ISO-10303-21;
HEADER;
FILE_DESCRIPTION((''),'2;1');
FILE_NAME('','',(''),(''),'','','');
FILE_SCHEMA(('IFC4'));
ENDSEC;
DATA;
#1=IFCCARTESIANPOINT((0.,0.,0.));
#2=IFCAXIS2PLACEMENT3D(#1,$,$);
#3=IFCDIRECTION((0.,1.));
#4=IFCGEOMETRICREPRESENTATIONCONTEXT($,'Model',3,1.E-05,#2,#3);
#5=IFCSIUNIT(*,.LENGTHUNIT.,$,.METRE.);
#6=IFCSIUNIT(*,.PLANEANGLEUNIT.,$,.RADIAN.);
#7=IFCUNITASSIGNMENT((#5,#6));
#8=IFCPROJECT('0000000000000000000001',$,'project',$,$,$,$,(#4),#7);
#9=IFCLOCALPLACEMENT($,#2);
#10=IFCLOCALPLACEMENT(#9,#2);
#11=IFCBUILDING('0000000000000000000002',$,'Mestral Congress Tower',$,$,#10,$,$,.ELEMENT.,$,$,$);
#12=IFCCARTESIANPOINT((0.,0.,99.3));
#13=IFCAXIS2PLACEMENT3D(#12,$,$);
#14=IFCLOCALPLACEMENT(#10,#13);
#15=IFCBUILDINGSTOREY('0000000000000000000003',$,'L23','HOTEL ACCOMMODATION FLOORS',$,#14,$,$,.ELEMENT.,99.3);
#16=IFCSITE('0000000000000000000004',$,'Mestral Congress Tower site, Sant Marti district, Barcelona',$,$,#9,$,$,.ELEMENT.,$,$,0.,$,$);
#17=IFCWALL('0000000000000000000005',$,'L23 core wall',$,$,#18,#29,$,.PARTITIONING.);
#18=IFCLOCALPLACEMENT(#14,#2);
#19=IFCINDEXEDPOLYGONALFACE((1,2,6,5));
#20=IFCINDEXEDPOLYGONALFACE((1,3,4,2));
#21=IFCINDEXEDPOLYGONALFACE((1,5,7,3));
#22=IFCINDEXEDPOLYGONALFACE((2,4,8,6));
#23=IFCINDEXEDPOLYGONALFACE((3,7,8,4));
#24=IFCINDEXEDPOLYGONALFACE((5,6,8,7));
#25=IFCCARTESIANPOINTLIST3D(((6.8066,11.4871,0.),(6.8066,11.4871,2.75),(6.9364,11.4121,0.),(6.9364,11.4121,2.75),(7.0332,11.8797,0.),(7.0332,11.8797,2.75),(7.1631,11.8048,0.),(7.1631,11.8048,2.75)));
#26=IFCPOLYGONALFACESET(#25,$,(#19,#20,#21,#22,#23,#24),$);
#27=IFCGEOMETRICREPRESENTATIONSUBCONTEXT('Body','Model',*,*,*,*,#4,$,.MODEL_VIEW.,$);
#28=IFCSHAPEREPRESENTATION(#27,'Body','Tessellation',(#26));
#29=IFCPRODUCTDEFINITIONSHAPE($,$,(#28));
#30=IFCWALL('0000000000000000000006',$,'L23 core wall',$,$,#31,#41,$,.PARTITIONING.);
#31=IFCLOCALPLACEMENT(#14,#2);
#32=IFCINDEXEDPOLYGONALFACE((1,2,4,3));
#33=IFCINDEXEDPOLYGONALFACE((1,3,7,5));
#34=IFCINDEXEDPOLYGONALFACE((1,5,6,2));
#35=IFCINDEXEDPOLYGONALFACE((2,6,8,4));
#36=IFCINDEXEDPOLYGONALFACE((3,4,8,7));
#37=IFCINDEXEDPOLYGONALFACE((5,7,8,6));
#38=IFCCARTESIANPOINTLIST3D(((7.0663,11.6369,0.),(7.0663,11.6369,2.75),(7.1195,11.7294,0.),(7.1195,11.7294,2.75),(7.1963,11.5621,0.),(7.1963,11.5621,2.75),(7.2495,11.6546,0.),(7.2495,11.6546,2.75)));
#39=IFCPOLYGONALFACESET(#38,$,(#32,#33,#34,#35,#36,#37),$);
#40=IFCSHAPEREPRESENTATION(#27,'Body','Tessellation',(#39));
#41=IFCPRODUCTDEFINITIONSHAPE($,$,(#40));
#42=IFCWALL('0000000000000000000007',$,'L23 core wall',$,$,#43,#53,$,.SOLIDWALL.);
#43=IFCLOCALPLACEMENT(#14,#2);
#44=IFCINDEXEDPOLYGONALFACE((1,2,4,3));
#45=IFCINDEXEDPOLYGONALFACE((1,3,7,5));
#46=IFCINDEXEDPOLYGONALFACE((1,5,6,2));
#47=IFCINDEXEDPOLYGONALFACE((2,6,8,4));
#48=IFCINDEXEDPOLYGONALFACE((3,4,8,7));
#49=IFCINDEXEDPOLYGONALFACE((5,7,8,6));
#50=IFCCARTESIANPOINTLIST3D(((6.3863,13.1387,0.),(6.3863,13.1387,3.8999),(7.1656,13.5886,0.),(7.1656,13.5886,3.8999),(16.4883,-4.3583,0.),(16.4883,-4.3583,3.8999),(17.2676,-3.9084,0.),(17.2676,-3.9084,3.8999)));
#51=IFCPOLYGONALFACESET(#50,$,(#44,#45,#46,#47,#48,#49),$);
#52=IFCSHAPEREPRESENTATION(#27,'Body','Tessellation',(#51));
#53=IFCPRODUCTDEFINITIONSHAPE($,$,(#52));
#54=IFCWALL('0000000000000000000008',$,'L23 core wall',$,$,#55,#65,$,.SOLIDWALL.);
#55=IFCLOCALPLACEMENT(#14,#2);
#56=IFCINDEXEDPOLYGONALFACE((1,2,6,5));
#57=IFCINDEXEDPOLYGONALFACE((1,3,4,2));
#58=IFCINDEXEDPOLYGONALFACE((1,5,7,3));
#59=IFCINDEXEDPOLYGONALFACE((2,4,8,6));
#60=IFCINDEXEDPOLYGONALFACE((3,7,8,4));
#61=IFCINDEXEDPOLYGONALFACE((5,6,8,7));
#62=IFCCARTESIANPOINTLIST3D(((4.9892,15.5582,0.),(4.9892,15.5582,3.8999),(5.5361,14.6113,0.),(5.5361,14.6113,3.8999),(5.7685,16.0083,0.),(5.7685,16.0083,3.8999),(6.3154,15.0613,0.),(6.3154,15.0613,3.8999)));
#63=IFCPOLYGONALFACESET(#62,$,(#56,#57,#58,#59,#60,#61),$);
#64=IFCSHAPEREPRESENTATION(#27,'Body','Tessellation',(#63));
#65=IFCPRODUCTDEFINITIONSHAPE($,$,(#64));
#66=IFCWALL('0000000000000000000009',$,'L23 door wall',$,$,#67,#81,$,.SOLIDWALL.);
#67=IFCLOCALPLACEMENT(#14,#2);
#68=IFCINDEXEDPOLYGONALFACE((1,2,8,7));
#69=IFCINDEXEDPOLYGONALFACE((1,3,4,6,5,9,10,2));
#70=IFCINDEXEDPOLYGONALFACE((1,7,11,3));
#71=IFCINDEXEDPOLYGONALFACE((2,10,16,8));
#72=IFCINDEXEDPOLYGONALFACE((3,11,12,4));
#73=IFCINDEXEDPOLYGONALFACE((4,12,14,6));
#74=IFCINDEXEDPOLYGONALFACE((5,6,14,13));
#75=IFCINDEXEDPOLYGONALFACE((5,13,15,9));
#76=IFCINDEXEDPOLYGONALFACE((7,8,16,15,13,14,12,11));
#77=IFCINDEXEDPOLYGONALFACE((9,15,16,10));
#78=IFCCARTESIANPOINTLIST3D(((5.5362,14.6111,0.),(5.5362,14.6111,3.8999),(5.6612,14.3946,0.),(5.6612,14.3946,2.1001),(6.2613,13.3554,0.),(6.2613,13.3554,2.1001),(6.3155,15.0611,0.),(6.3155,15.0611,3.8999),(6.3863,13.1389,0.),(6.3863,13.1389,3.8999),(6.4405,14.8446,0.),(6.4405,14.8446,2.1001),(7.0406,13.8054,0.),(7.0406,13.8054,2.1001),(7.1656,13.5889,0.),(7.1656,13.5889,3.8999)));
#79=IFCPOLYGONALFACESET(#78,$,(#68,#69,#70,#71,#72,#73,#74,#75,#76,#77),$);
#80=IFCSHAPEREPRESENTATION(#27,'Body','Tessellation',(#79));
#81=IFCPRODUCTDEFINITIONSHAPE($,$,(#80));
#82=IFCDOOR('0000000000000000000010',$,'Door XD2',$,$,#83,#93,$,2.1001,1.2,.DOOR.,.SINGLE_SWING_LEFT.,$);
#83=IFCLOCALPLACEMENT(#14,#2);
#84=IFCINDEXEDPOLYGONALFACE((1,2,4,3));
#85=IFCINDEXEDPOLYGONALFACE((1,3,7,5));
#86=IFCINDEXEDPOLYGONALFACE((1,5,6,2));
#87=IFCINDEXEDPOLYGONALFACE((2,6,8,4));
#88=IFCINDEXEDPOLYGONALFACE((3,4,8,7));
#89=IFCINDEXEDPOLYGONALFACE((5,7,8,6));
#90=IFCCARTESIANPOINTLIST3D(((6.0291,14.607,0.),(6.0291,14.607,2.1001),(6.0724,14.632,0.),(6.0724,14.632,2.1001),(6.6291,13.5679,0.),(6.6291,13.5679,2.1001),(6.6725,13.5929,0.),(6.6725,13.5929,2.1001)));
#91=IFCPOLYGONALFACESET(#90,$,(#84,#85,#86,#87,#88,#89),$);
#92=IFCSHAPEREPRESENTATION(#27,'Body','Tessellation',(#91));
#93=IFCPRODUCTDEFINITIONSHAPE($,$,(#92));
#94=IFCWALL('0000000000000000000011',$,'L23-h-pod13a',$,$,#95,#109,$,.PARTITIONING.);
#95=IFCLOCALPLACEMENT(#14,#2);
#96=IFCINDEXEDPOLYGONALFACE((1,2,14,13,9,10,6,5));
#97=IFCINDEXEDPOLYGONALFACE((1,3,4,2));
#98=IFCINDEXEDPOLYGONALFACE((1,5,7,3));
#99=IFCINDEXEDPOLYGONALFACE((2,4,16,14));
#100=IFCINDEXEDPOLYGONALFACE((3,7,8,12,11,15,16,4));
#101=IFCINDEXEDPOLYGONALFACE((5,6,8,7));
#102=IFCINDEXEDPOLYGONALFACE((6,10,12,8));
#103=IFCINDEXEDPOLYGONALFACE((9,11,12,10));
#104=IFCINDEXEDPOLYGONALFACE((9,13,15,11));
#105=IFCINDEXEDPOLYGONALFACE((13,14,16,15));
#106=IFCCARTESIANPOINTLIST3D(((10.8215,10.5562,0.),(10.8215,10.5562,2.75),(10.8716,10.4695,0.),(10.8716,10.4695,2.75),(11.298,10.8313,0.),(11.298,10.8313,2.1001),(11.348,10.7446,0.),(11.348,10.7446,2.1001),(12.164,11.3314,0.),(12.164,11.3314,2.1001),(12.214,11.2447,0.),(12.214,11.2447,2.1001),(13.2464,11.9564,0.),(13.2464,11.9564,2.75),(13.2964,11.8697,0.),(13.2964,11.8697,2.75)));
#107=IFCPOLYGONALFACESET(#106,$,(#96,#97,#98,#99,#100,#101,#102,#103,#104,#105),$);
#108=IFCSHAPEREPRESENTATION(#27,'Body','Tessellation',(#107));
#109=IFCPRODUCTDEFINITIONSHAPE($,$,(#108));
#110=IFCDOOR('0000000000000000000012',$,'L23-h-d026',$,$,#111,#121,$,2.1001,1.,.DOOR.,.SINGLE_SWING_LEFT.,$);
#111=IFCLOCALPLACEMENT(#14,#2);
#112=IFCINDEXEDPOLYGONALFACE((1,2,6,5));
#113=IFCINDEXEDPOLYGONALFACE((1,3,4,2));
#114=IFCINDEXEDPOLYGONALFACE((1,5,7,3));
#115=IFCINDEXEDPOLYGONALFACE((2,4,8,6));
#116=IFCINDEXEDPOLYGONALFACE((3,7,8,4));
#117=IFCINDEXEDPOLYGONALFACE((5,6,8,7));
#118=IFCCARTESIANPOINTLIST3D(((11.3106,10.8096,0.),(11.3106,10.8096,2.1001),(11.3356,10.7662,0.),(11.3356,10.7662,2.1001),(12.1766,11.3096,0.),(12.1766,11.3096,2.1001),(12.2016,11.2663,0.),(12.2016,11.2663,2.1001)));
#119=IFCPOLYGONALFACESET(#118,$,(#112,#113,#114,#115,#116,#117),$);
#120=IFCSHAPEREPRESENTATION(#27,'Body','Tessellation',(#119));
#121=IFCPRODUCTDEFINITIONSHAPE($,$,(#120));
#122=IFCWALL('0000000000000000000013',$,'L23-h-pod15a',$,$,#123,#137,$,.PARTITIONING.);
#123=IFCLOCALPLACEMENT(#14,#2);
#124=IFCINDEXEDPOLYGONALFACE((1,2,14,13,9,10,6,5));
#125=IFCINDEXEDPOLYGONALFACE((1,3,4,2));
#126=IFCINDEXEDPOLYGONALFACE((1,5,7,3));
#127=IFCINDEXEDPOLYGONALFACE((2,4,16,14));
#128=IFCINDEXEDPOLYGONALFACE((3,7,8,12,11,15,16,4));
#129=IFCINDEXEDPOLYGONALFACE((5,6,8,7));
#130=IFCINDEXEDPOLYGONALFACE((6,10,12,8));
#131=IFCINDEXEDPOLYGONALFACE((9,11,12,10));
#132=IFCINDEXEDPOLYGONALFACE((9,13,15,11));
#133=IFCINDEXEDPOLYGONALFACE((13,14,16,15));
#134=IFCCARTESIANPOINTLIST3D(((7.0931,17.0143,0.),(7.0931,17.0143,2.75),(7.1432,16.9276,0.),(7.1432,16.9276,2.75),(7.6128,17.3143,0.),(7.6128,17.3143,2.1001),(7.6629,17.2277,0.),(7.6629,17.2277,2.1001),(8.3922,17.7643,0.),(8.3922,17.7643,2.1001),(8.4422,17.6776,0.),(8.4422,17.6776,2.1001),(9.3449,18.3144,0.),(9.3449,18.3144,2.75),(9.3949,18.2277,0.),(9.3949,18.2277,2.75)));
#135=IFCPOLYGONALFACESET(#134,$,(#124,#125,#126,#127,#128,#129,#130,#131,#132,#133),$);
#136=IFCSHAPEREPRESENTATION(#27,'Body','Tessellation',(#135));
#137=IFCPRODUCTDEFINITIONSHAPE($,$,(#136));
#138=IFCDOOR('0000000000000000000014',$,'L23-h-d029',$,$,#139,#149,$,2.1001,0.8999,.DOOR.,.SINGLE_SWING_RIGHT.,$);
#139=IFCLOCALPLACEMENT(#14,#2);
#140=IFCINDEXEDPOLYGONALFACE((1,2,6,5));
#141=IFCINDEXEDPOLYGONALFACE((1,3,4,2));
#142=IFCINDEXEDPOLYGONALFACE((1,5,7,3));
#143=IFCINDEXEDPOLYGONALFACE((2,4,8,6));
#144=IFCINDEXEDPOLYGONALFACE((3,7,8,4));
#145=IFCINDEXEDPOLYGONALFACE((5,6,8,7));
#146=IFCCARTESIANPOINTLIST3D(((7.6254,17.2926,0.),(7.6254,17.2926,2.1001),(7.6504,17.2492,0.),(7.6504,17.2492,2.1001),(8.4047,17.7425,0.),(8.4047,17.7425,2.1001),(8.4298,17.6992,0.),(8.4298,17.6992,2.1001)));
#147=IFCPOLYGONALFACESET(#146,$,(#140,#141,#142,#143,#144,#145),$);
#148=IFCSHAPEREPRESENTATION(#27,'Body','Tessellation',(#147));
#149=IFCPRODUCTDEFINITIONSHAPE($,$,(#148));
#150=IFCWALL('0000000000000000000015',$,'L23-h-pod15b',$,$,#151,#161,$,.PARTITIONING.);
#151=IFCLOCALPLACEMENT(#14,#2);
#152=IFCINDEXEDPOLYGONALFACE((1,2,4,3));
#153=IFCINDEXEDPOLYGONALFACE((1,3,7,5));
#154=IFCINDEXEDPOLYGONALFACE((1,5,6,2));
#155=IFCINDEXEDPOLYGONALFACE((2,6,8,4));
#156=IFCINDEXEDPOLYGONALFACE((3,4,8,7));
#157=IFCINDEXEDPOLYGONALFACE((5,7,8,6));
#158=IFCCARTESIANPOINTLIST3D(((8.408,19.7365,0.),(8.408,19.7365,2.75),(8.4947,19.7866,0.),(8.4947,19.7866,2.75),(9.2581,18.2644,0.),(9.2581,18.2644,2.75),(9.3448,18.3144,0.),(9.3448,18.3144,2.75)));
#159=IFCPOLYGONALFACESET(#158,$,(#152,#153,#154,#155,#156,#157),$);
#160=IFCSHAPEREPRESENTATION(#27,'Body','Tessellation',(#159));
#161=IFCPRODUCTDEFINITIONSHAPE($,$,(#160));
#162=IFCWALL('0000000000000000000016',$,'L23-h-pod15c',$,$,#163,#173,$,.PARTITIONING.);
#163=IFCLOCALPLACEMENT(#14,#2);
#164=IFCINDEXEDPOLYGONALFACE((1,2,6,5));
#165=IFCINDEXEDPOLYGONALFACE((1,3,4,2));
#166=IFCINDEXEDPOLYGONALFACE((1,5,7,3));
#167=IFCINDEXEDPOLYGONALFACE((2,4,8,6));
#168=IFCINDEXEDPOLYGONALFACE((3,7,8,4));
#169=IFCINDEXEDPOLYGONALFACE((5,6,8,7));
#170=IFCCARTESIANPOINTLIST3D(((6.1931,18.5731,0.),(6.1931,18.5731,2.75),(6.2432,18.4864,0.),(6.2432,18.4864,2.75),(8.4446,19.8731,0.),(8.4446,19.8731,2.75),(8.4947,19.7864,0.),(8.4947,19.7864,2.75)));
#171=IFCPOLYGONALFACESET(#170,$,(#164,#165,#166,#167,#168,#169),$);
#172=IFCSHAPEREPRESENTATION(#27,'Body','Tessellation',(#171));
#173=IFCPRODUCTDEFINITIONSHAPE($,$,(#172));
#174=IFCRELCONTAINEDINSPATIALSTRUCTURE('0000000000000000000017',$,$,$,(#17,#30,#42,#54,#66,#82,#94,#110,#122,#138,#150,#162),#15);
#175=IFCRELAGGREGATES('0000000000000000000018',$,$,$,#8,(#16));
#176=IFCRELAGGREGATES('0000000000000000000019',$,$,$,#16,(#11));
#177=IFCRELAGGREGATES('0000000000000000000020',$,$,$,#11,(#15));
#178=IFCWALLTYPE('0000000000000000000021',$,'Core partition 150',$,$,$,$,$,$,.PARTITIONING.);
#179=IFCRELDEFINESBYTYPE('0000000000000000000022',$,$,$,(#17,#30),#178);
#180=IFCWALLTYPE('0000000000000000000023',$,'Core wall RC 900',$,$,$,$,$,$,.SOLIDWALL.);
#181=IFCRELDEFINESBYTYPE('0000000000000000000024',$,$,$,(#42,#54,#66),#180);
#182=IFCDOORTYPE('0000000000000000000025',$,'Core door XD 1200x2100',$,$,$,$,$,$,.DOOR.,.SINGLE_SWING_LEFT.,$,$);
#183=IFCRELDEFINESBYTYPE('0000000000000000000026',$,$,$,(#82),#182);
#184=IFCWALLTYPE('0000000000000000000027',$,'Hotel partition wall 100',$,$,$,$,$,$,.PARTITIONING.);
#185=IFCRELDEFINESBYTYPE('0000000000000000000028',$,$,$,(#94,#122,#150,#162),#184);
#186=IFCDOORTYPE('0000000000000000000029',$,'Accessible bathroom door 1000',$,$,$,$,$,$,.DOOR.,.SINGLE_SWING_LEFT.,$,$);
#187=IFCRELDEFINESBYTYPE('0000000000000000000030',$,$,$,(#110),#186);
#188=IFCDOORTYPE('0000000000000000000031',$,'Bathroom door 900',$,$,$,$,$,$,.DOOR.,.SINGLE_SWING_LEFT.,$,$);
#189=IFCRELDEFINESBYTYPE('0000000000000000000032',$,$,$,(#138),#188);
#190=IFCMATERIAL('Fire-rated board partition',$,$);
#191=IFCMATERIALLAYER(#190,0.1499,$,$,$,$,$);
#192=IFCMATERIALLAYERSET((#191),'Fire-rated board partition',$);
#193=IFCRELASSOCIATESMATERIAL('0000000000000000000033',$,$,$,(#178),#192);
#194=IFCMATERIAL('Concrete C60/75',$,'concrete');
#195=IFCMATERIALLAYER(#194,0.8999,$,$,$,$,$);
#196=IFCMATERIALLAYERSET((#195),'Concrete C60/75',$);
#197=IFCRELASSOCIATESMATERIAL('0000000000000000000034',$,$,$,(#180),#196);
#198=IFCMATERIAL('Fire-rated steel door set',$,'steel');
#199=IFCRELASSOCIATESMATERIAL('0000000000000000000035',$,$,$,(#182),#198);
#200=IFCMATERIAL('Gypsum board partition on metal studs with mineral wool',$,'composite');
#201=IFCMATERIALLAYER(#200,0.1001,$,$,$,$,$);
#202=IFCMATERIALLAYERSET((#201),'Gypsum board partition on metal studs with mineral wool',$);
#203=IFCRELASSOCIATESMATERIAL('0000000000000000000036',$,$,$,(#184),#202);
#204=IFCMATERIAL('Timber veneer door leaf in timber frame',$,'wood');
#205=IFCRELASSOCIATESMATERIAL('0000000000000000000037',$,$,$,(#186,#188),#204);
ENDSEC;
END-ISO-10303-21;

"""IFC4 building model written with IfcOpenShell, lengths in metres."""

from ifc_helpers import new_model, si_unit, direction, frame, frame_2d, origin, place, context, subcontext, project, spatial, rectangle, extrude, material, layer, layer_set, type_object, element, fill, save


model = new_model("IFC4")

# Units and contexts
model_context = context("Model", 3, precision=1e-05, world=origin(), true_north=direction((0.0, 1.0)))
body_context = subcontext(model_context, "Body", "Model", "MODEL_VIEW")
ifc_project = project(units=[si_unit("LENGTHUNIT", "METRE"), si_unit("PLANEANGLEUNIT", "RADIAN")], contexts=[model_context])

# Site, building, storey
site_placement = place(None, origin())
site = spatial("IfcSite", under=ifc_project, at=site_placement, Name="Mestral Congress Tower site, Sant Marti district, Barcelona", CompositionType="ELEMENT", RefElevation=0.0)
building_placement = place(site_placement, origin())
building = spatial("IfcBuilding", under=site, at=building_placement, Name="Mestral Congress Tower", CompositionType="ELEMENT")
storey_placement = place(building_placement, frame((0.0, 0.0, 99.3)))
storey = spatial("IfcBuildingStorey", under=building, at=storey_placement, Name="L23", Description="HOTEL ACCOMMODATION FLOORS", CompositionType="ELEMENT", Elevation=99.3)

# Walls
ifc_material_1 = material(Name="Fire-rated board partition")
ifc_layer_1 = layer(ifc_material_1, 0.1499)
ifc_layer_set_1 = layer_set([ifc_layer_1], Name="Fire-rated board partition")
wall_type_1 = type_object("IfcWallType", Name="Core partition 150", PredefinedType="PARTITIONING", material=ifc_layer_set_1)
wall_1_placement = place(storey_placement, frame((6.8716, 11.4497, 0.0), z_axis=(0.0, 0.0, 1.0), x_axis=(0.499847, 0.866114, 0.0)))
element("IfcWall", 1, at=wall_1_placement, inside=storey, type_object=wall_type_1, Name="L23 core wall", PredefinedType="PARTITIONING", context=body_context, shape_type="SweptSolid", body=[
    extrude(rectangle(XDim=0.4534, YDim=0.1499, at=frame_2d((0.2266, 0.0))), origin(), (0.0, 0.0, 1.0), 2.75),
])
wall_2_placement = place(storey_placement, frame((7.1313, 11.5996, 0.0), z_axis=(0.0, 0.0, 1.0), x_axis=(0.4986, 0.866832, 0.0)))
element("IfcWall", 2, at=wall_2_placement, inside=storey, type_object=wall_type_1, Name="L23 core wall", PredefinedType="PARTITIONING", context=body_context, shape_type="SweptSolid", body=[
    extrude(rectangle(XDim=0.1067, YDim=0.1499, at=frame_2d((0.0532, 0.0))), origin(), (0.0, 0.0, 1.0), 2.75),
])
ifc_material_2 = material(Name="Concrete C60/75", Category="concrete")
ifc_layer_2 = layer(ifc_material_2, 0.8999)
ifc_layer_set_2 = layer_set([ifc_layer_2], Name="Concrete C60/75")
wall_type_2 = type_object("IfcWallType", Name="Core wall RC 900", PredefinedType="SOLIDWALL", material=ifc_layer_set_2)
wall_3_placement = place(storey_placement, frame((6.7759, 13.3638, 0.0), z_axis=(0.0, 0.0, 1.0), x_axis=(0.500004, -0.866023, 0.0)))
element("IfcWall", 3, at=wall_3_placement, inside=storey, type_object=wall_type_2, Name="L23 core wall", PredefinedType="SOLIDWALL", context=body_context, shape_type="SweptSolid", body=[
    extrude(rectangle(XDim=20.2039, YDim=0.8999, at=frame_2d((10.1021, 0.0))), origin(), (0.0, 0.0, 1.0), 3.8999),
])
wall_4_placement = place(storey_placement, frame((5.9258, 14.8362, 0.0), z_axis=(0.0, 0.0, 1.0), x_axis=(-0.500077, 0.865981, 0.0)))
element("IfcWall", 4, at=wall_4_placement, inside=storey, type_object=wall_type_2, Name="L23 core wall", PredefinedType="SOLIDWALL", context=body_context, shape_type="SweptSolid", body=[
    extrude(rectangle(XDim=1.0935, YDim=0.8999, at=frame_2d((0.5469, 0.0))), origin(), (0.0, 0.0, 1.0), 3.8999),
])

# Walls, openings, doors
wall_5_placement = place(storey_placement, frame((5.9258, 14.8362, 0.0), z_axis=(0.0, 0.0, 1.0), x_axis=(0.500062, -0.865989, 0.0)))
wall_5 = element("IfcWall", 5, at=wall_5_placement, inside=storey, type_object=wall_type_2, Name="L23 door wall", PredefinedType="SOLIDWALL", context=body_context, shape_type="SweptSolid", body=[
    extrude(rectangle(XDim=1.7, YDim=0.8999, at=frame_2d((0.8501, 0.0))), origin(), (0.0, 0.0, 1.0), 3.8999),
])
opening_1_placement = place(wall_5_placement, frame((0.25, 0.0, 0.0)))
opening_1 = element("IfcOpeningElement", 6, at=opening_1_placement, cuts=wall_5, PredefinedType="OPENING", context=body_context, shape_type="SweptSolid", body=[
    extrude(rectangle(XDim=1.2, YDim=2.1001, at=frame_2d((0.6001, 1.05))), frame((0.0, 0.46, 0.0), z_axis=(0.0, -1.0, 0.0), x_axis=(1.0, 0.0, 0.0)), (0.0, 0.0, 1.0), 0.9199),
])
ifc_material_3 = material(Name="Fire-rated steel door set", Category="steel")
door_type_1 = type_object("IfcDoorType", Name="Core door XD 1200x2100", OperationType="SINGLE_SWING_LEFT", PredefinedType="DOOR", material=ifc_material_3)
door_1_placement = place(opening_1_placement, origin())
door_1 = element("IfcDoor", 7, at=door_1_placement, inside=storey, type_object=door_type_1, Name="Door XD2", OperationType="SINGLE_SWING_LEFT", OverallHeight=2.1001, OverallWidth=1.2, PredefinedType="DOOR", context=body_context, shape_type="SweptSolid", body=[
    extrude(rectangle(XDim=1.2, YDim=2.1001, at=frame_2d((0.6001, 1.05))), frame((0.0, 0.0249, 0.0), z_axis=(0.0, -1.0, 0.0), x_axis=(1.0, 0.0, 0.0)), (0.0, 0.0, 1.0), 0.05),
])
fill(opening_1, door_1)
ifc_material_4 = material(Name="Gypsum board partition on metal studs with mineral wool", Category="composite")
ifc_layer_3 = layer(ifc_material_4, 0.1001)
ifc_layer_set_3 = layer_set([ifc_layer_3], Name="Gypsum board partition on metal studs with mineral wool")
wall_type_3 = type_object("IfcWallType", Name="Hotel partition wall 100", PredefinedType="PARTITIONING", material=ifc_layer_set_3)
wall_6_placement = place(storey_placement, frame((10.8467, 10.5129, 0.0), z_axis=(0.0, 0.0, 1.0), x_axis=(0.865997, 0.50005, 0.0)))
wall_6 = element("IfcWall", 8, at=wall_6_placement, inside=storey, type_object=wall_type_3, Name="L23-h-pod13a", PredefinedType="PARTITIONING", context=body_context, shape_type="SweptSolid", body=[
    extrude(rectangle(XDim=2.8, YDim=0.1001, at=frame_2d((1.3999, 0.0))), origin(), (0.0, 0.0, 1.0), 2.75),
])
opening_2_placement = place(wall_6_placement, frame((0.55, 0.0, 0.0)))
opening_2 = element("IfcOpeningElement", 9, at=opening_2_placement, cuts=wall_6, PredefinedType="OPENING", context=body_context, shape_type="SweptSolid", body=[
    extrude(rectangle(XDim=1.0, YDim=2.1001, at=frame_2d((0.5, 1.05))), frame((0.0, 0.0601, 0.0), z_axis=(0.0, -1.0, 0.0), x_axis=(1.0, 0.0, 0.0)), (0.0, 0.0, 1.0), 0.1201),
])
ifc_material_5 = material(Name="Timber veneer door leaf in timber frame", Category="wood")
door_type_2 = type_object("IfcDoorType", Name="Accessible bathroom door 1000", OperationType="SINGLE_SWING_LEFT", PredefinedType="DOOR", material=ifc_material_5)
door_2_placement = place(opening_2_placement, origin())
door_2 = element("IfcDoor", 10, at=door_2_placement, inside=storey, type_object=door_type_2, Name="L23-h-d026", OperationType="SINGLE_SWING_LEFT", OverallHeight=2.1001, OverallWidth=1.0, PredefinedType="DOOR", context=body_context, shape_type="SweptSolid", body=[
    extrude(rectangle(XDim=1.0, YDim=2.1001, at=frame_2d((0.5, 1.05))), frame((0.0, 0.0249, 0.0), z_axis=(0.0, -1.0, 0.0), x_axis=(1.0, 0.0, 0.0)), (0.0, 0.0, 1.0), 0.05),
])
fill(opening_2, door_2)
wall_7_placement = place(storey_placement, frame((7.1182, 16.9709, 0.0), z_axis=(0.0, 0.0, 1.0), x_axis=(0.866021, 0.500007, 0.0)))
wall_7 = element("IfcWall", 11, at=wall_7_placement, inside=storey, type_object=wall_type_3, Name="L23-h-pod15a", PredefinedType="PARTITIONING", context=body_context, shape_type="SweptSolid", body=[
    extrude(rectangle(XDim=2.6001, YDim=0.1001, at=frame_2d((1.3, 0.0))), origin(), (0.0, 0.0, 1.0), 2.75),
])
opening_3_placement = place(wall_7_placement, frame((0.6001, 0.0, 0.0)))
opening_3 = element("IfcOpeningElement", 12, at=opening_3_placement, cuts=wall_7, PredefinedType="OPENING", context=body_context, shape_type="SweptSolid", body=[
    extrude(rectangle(XDim=0.8999, YDim=2.1001, at=frame_2d((0.45, 1.05))), frame((0.0, 0.0601, 0.0), z_axis=(0.0, -1.0, 0.0), x_axis=(1.0, 0.0, 0.0)), (0.0, 0.0, 1.0), 0.1201),
])
door_type_3 = type_object("IfcDoorType", Name="Bathroom door 900", OperationType="SINGLE_SWING_LEFT", PredefinedType="DOOR", material=ifc_material_5)
door_3_placement = place(opening_3_placement, origin())
door_3 = element("IfcDoor", 13, at=door_3_placement, inside=storey, type_object=door_type_3, Name="L23-h-d029", OperationType="SINGLE_SWING_RIGHT", OverallHeight=2.1001, OverallWidth=0.8999, PredefinedType="DOOR", context=body_context, shape_type="SweptSolid", body=[
    extrude(rectangle(XDim=0.8999, YDim=2.1001, at=frame_2d((0.45, 1.05))), frame((0.0, 0.0249, 0.0), z_axis=(0.0, -1.0, 0.0), x_axis=(1.0, 0.0, 0.0)), (0.0, 0.0, 1.0), 0.05),
])
fill(opening_3, door_3)

# Walls
wall_8_placement = place(storey_placement, frame((9.3015, 18.2893, 0.0), z_axis=(0.0, 0.0, 1.0), x_axis=(-0.500062, 0.865989, 0.0)))
element("IfcWall", 14, at=wall_8_placement, inside=storey, type_object=wall_type_3, Name="L23-h-pod15b", PredefinedType="PARTITIONING", context=body_context, shape_type="SweptSolid", body=[
    extrude(rectangle(XDim=1.7, YDim=0.1001, at=frame_2d((0.8501, 0.0))), origin(), (0.0, 0.0, 1.0), 2.75),
])
wall_9_placement = place(storey_placement, frame((6.2183, 18.5298, 0.0), z_axis=(0.0, 0.0, 1.0), x_axis=(0.865998, 0.500048, 0.0)))
element("IfcWall", 15, at=wall_9_placement, inside=storey, type_object=wall_type_3, Name="L23-h-pod15c", PredefinedType="PARTITIONING", context=body_context, shape_type="SweptSolid", body=[
    extrude(rectangle(XDim=2.5999, YDim=0.1001, at=frame_2d((1.2998, 0.0))), origin(), (0.0, 0.0, 1.0), 2.75),
])

save(model, "model.ifc")
